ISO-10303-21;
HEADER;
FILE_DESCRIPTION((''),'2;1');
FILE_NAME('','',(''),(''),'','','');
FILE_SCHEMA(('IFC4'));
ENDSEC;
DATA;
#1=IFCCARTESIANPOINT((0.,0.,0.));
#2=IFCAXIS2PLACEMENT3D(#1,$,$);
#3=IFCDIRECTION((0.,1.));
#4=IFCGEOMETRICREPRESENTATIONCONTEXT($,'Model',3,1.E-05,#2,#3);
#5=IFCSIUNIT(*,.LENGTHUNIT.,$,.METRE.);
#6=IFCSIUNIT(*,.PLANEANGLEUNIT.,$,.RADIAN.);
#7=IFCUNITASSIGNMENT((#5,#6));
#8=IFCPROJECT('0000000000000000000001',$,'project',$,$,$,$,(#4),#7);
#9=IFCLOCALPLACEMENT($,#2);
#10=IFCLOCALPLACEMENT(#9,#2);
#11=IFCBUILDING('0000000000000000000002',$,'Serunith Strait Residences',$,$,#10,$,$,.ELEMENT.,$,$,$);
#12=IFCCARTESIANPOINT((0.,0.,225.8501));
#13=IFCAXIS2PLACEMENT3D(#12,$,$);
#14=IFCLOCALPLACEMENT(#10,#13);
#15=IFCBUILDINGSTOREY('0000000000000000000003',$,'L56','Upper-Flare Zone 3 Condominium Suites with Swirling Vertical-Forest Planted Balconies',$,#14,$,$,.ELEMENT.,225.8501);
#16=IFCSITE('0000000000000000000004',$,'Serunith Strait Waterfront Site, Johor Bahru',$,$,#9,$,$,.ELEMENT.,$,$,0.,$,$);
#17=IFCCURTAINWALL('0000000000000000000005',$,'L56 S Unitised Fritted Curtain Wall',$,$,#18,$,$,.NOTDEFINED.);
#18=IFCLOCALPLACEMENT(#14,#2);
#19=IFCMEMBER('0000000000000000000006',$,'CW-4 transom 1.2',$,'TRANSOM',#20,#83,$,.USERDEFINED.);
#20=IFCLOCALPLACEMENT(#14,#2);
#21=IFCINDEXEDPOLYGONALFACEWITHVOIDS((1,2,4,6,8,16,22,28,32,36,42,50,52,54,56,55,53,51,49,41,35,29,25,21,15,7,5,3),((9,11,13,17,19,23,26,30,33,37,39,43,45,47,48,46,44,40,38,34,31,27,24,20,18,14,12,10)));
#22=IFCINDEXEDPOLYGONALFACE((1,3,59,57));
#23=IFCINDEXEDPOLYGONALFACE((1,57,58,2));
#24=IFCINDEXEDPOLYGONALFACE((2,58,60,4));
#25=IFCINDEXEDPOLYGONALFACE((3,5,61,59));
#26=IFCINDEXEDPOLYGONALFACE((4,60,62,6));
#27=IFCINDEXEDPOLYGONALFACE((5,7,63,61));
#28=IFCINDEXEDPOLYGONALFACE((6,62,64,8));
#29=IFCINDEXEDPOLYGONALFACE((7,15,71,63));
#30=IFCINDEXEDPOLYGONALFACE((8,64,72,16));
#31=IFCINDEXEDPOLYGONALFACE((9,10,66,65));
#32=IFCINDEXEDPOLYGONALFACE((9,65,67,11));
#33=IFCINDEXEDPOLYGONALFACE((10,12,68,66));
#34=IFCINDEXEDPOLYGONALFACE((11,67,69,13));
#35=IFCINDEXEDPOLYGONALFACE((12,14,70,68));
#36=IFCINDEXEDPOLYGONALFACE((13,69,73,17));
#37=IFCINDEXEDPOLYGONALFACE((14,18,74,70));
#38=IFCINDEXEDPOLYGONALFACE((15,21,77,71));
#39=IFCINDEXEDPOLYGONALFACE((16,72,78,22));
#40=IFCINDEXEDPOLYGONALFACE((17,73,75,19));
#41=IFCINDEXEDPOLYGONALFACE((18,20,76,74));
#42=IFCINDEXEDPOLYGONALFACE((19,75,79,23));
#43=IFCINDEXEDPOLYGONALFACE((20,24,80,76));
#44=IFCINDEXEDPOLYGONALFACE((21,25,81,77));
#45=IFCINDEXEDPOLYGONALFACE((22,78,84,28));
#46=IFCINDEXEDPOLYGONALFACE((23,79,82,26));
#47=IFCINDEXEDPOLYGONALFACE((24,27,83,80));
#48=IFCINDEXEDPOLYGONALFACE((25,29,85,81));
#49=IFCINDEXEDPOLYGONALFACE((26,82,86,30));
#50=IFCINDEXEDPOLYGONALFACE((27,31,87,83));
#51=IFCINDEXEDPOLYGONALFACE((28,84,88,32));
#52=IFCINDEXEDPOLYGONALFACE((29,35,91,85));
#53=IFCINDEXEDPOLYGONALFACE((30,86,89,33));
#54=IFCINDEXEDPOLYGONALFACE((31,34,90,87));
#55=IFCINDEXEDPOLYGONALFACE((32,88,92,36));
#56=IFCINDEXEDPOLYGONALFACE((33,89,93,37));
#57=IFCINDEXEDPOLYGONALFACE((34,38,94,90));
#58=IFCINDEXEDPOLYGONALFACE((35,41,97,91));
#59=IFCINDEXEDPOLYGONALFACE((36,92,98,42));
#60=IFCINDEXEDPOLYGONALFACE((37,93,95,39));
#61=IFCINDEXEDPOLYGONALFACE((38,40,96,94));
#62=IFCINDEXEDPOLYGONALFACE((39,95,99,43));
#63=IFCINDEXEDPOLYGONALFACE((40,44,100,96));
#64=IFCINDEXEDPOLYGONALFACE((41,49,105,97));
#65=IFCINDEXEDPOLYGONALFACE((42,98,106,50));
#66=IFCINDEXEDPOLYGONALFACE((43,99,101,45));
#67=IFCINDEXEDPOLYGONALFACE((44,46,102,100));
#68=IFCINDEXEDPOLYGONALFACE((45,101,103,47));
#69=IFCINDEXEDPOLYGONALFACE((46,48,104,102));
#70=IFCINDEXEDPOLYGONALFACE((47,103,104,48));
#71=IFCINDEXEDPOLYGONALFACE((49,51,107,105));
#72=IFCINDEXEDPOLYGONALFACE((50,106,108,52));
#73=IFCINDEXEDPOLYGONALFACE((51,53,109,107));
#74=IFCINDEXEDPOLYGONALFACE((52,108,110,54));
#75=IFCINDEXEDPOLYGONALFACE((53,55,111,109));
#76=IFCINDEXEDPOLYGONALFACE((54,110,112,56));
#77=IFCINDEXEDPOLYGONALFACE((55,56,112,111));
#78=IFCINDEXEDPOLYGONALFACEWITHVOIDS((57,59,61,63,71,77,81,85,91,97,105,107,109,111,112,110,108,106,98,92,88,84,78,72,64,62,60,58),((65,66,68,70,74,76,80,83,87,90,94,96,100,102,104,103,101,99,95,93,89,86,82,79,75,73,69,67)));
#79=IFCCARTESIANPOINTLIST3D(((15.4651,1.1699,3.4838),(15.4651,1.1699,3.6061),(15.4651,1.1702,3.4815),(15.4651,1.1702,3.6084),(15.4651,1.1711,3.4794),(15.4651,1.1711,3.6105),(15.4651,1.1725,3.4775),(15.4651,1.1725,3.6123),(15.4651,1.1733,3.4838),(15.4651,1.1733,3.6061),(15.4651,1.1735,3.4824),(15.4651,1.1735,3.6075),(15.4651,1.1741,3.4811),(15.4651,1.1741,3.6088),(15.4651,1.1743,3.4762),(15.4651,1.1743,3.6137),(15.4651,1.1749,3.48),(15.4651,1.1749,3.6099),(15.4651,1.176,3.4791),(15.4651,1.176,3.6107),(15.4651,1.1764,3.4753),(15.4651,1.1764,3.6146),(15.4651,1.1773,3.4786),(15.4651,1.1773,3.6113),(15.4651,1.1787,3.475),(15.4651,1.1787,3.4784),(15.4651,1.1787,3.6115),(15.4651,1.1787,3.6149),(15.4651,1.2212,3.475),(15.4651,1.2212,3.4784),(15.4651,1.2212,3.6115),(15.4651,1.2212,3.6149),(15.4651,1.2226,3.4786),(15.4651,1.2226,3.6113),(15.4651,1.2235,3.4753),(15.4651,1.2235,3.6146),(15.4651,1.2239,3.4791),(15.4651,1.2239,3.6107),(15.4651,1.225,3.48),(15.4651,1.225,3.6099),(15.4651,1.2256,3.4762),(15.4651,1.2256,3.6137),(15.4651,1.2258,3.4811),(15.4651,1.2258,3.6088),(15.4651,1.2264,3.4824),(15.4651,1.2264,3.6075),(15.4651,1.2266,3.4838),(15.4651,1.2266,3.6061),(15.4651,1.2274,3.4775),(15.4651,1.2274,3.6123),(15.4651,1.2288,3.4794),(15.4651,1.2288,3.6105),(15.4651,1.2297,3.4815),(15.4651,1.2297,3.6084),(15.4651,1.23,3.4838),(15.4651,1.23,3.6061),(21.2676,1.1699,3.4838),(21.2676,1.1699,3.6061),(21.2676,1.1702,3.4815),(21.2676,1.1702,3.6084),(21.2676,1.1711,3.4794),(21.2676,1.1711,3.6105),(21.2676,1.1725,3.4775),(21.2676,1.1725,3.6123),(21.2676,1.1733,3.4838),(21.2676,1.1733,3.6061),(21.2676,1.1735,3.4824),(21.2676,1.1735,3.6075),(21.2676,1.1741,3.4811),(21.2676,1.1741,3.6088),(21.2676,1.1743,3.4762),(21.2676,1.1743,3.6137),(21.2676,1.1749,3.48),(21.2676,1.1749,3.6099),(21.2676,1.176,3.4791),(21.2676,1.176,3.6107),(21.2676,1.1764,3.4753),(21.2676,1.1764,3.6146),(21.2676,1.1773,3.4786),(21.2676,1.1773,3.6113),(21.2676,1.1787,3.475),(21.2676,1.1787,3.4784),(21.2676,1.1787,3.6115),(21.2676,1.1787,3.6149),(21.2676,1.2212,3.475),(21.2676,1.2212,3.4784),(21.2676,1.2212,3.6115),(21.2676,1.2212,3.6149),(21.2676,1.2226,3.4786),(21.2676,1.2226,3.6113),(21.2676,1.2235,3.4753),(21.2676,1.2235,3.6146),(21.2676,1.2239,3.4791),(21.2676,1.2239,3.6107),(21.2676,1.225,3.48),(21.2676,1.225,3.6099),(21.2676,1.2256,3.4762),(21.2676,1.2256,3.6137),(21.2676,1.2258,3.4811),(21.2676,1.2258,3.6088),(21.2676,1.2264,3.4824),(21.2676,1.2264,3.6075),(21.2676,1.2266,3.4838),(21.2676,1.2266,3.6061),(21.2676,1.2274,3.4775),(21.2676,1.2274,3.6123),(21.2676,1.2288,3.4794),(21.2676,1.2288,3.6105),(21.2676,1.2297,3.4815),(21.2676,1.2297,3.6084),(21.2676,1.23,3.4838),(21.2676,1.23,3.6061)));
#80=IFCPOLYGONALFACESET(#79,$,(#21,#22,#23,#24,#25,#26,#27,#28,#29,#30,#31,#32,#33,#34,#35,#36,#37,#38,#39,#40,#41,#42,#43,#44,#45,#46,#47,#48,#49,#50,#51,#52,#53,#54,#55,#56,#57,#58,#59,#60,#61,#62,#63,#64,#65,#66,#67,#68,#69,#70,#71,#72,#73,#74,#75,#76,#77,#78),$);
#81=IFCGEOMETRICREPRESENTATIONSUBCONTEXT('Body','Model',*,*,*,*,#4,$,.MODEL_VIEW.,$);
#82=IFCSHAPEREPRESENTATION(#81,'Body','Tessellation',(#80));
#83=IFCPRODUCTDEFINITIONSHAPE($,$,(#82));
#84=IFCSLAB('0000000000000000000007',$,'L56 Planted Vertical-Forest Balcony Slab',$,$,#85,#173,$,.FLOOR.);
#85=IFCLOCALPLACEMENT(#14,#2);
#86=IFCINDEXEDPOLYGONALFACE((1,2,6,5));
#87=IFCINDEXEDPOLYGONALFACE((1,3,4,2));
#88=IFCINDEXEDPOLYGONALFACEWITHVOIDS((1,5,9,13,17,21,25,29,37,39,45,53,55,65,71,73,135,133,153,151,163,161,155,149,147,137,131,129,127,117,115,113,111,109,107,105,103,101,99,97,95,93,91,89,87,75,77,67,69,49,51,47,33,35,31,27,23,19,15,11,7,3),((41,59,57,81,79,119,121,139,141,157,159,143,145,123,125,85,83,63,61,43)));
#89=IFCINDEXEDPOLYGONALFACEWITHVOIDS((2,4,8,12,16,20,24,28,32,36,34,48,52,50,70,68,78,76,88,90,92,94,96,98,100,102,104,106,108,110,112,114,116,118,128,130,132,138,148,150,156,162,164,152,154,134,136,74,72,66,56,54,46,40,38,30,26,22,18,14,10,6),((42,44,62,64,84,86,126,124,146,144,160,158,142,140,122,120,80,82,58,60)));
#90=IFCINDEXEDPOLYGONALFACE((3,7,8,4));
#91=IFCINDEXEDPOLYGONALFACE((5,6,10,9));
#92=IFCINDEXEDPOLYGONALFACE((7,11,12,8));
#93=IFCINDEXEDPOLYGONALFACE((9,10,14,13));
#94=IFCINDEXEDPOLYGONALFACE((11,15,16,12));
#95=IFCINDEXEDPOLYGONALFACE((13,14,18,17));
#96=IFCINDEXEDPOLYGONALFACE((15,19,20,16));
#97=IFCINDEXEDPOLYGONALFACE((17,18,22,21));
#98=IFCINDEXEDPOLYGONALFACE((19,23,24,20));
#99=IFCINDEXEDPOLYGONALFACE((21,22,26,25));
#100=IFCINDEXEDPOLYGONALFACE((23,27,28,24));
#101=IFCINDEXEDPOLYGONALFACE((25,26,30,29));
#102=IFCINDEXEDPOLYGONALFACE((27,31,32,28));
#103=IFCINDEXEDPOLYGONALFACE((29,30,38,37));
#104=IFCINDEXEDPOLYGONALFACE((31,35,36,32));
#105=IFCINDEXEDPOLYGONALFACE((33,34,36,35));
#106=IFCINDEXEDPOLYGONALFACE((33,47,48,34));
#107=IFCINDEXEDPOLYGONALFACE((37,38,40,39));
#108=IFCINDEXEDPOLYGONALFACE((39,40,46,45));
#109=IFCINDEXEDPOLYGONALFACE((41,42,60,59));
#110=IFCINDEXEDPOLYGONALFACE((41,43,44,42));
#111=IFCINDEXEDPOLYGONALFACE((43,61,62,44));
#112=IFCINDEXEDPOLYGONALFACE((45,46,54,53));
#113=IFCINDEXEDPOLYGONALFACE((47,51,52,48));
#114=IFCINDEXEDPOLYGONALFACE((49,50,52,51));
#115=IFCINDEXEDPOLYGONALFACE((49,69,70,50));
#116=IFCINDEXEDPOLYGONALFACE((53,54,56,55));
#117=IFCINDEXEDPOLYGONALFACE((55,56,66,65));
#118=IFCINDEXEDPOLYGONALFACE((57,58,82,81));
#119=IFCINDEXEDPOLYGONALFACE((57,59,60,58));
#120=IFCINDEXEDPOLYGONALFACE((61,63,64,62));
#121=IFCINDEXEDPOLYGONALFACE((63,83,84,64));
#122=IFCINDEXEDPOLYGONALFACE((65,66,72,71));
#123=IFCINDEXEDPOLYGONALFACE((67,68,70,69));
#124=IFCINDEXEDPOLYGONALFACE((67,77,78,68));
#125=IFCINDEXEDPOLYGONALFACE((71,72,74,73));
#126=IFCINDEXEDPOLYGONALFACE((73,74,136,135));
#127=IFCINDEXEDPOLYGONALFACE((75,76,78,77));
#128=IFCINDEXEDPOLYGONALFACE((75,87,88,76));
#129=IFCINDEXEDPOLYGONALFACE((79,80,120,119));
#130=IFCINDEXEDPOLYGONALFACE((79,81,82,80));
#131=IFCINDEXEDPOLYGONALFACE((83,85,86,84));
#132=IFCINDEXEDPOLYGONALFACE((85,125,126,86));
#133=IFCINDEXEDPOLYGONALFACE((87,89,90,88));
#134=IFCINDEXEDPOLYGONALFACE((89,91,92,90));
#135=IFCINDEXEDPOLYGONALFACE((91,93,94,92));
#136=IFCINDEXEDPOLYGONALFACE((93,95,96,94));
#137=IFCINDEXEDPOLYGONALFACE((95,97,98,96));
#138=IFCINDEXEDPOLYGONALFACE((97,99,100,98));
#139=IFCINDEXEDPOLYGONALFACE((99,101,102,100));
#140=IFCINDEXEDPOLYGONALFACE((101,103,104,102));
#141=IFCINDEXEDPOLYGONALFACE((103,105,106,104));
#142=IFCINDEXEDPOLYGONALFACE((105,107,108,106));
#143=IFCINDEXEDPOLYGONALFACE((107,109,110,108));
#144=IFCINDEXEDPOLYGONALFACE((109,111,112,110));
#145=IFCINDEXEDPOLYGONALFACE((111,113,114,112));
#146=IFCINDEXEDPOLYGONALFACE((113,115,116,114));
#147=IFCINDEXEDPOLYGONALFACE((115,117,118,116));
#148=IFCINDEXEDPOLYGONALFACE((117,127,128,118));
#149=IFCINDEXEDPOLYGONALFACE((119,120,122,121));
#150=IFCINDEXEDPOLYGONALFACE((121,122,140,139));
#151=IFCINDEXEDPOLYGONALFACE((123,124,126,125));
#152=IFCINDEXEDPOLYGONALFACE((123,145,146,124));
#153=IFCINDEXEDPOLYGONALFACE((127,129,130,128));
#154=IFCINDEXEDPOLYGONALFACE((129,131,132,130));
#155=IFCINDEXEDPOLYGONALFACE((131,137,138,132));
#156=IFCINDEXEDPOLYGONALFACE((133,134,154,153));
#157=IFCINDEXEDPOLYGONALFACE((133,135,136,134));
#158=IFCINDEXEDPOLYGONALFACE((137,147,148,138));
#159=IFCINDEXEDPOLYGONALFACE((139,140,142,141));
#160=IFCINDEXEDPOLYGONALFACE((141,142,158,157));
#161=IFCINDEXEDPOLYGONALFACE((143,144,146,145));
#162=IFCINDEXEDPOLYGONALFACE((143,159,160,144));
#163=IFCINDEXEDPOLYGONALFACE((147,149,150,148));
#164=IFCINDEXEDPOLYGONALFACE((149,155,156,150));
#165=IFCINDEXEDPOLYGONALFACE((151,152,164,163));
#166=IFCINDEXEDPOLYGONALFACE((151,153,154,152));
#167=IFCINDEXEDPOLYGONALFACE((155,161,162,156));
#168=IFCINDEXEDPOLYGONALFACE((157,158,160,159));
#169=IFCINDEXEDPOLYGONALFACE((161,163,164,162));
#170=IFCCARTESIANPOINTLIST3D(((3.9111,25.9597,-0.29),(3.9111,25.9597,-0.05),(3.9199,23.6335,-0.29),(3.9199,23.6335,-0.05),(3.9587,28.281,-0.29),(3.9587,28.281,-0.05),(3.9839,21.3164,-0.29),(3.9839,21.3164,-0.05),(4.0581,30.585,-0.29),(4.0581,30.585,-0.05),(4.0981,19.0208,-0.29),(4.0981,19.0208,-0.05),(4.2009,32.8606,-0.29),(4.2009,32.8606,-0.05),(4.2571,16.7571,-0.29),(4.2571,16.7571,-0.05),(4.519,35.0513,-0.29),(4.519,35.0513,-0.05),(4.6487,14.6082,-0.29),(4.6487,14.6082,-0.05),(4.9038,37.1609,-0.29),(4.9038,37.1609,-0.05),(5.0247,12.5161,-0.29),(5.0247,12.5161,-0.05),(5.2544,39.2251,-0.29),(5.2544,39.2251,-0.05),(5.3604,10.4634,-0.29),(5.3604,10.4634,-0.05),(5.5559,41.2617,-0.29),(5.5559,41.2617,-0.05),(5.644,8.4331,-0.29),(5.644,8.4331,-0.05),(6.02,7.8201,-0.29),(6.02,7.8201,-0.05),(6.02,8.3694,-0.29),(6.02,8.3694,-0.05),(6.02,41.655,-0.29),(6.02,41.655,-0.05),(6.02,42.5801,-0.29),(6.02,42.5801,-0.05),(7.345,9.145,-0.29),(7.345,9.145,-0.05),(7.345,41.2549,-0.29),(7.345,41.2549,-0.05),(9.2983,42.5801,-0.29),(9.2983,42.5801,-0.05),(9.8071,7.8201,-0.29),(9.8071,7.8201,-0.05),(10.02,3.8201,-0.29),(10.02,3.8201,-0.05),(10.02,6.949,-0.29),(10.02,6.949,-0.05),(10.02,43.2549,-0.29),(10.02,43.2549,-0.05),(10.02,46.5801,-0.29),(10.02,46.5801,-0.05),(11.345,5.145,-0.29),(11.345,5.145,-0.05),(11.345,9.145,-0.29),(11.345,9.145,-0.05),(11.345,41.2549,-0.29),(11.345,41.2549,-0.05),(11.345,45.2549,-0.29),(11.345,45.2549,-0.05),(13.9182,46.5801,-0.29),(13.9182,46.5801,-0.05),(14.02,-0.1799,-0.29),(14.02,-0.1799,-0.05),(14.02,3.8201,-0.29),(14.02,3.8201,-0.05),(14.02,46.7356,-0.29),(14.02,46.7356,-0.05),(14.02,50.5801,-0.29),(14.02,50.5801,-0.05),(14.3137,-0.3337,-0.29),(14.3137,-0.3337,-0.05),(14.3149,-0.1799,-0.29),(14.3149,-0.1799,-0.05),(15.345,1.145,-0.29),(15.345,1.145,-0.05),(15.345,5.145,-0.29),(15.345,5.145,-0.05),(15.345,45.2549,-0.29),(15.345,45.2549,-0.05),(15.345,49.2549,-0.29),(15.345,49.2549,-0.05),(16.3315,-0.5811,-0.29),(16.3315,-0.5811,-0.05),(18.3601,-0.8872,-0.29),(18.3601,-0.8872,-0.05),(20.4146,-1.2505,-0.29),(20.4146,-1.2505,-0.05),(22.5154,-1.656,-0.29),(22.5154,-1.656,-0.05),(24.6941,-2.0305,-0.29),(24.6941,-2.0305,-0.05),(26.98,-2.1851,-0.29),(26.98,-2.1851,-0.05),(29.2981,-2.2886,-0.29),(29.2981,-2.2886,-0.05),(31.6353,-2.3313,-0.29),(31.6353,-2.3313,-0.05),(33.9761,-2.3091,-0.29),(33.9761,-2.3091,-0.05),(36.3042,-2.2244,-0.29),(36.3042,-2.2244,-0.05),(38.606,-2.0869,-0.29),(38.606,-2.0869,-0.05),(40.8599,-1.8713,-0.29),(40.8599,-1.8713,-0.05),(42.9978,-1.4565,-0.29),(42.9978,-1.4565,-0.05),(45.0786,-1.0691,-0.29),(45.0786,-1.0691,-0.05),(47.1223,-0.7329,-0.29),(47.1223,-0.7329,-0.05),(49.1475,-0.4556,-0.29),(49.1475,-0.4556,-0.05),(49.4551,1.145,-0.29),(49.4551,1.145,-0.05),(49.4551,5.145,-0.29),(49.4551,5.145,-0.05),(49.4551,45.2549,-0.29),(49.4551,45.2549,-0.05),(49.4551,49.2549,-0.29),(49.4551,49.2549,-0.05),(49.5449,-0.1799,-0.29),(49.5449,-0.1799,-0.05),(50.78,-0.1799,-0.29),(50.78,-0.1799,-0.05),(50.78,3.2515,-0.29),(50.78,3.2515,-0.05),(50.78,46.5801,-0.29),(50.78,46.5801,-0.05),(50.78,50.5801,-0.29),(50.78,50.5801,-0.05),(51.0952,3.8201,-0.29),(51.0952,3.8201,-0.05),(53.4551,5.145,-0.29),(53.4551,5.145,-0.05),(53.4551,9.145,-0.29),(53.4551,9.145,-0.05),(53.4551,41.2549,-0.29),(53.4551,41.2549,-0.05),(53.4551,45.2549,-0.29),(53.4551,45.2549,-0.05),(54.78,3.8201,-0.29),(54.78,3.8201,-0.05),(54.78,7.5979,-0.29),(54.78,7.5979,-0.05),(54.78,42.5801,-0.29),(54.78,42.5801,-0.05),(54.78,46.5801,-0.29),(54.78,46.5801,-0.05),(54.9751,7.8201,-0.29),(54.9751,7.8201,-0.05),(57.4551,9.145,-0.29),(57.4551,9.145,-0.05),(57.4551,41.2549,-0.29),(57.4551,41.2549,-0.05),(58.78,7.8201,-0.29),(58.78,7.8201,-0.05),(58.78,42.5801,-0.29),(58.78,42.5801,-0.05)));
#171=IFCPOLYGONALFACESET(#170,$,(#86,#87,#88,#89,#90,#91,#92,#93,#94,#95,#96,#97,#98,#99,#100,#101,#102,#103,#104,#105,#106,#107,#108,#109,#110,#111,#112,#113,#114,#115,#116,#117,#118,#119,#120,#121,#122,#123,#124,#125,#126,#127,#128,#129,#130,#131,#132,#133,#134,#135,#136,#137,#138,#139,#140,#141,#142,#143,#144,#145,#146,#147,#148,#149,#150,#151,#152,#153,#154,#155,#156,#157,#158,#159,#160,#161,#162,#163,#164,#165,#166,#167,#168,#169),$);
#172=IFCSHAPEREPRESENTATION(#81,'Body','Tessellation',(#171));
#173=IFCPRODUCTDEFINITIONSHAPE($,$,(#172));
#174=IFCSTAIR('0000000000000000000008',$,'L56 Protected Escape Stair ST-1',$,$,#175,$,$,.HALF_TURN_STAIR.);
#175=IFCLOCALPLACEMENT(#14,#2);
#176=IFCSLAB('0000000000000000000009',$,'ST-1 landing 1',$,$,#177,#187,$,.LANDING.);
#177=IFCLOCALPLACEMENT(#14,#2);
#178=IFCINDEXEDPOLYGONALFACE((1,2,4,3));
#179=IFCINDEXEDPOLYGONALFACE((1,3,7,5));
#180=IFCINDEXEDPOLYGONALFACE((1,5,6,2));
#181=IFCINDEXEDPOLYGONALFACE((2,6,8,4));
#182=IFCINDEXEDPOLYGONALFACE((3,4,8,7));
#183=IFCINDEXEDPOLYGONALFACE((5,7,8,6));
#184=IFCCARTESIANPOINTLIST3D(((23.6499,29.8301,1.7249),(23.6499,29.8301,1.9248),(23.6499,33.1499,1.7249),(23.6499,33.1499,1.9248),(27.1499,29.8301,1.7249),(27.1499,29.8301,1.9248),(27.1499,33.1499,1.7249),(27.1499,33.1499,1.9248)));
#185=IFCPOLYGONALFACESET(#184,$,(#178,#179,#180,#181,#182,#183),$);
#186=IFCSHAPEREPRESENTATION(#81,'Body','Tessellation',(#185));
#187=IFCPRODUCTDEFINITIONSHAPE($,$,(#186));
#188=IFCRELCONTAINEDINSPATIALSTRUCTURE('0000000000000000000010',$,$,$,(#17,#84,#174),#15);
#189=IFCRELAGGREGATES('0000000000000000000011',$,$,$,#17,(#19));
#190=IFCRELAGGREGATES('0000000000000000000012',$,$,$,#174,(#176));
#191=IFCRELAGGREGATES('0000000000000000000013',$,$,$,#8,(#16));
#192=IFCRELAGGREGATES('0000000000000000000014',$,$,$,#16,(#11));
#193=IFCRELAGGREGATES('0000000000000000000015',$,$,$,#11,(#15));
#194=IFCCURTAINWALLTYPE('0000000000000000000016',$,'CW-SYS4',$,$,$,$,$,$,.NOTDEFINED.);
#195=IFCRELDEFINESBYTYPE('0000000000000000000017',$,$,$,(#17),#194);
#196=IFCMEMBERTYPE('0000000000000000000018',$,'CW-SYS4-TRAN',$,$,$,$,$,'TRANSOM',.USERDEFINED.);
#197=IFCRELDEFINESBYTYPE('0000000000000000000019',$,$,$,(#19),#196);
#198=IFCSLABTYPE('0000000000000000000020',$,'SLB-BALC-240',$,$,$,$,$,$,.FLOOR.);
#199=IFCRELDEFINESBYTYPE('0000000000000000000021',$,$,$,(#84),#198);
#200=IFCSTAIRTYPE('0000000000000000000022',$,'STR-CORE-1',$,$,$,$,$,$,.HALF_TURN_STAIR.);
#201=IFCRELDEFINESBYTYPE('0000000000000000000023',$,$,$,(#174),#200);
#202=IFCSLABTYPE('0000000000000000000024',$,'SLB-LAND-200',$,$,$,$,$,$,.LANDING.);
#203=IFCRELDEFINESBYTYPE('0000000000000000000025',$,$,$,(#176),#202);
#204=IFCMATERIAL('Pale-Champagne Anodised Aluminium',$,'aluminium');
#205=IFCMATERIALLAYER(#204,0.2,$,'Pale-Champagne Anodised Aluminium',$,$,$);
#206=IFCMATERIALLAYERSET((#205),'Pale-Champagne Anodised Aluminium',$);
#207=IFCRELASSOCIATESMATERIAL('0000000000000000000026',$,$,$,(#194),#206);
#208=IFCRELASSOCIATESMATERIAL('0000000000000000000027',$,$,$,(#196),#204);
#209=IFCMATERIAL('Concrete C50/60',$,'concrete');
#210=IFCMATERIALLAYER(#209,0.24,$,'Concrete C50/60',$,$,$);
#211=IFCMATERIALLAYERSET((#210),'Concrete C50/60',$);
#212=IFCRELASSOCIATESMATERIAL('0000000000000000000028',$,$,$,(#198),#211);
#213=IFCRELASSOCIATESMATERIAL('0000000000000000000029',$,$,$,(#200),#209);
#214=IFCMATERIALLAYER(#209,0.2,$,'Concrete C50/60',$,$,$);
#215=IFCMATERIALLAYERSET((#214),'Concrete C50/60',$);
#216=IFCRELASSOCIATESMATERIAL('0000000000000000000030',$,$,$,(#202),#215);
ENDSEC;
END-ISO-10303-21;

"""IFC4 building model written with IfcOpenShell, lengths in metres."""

from ifc_helpers import new_model, si_unit, direction, frame, origin, origin_2d, place, context, subcontext, project, spatial, polyline, hollow_rectangle, outline, extrude, source, transform, mapped, material, layer, layer_set, material_profile, profile_set, type_object, element, aggregate, save


model = new_model("IFC4")

# Units and contexts
model_context = context("Model", 3, precision=1e-05, world=origin(), true_north=direction((0.0, 1.0)))
body_context = subcontext(model_context, "Body", "Model", "MODEL_VIEW")
ifc_project = project(units=[si_unit("LENGTHUNIT", "METRE"), si_unit("PLANEANGLEUNIT", "RADIAN")], contexts=[model_context])

# Site, building, storey
site_placement = place(None, origin())
site = spatial("IfcSite", under=ifc_project, at=site_placement, Name="Serunith Strait Waterfront Site, Johor Bahru", CompositionType="ELEMENT", RefElevation=0.0)
building_placement = place(site_placement, origin())
building = spatial("IfcBuilding", under=site, at=building_placement, Name="Serunith Strait Residences", CompositionType="ELEMENT")
storey_placement = place(building_placement, frame((0.0, 0.0, 225.8501)))
storey = spatial("IfcBuildingStorey", under=building, at=storey_placement, Name="L56", Description="Upper-Flare Zone 3 Condominium Suites with Swirling Vertical-Forest Planted Balconies", CompositionType="ELEMENT", Elevation=225.8501)

# Curtain wall
ifc_material_1 = material(Name="Pale-Champagne Anodised Aluminium", Category="aluminium")
ifc_layer_1 = layer(ifc_material_1, 0.2, Name="Pale-Champagne Anodised Aluminium")
ifc_layer_set_1 = layer_set([ifc_layer_1], Name="Pale-Champagne Anodised Aluminium")
curtain_wall_type = type_object("IfcCurtainWallType", Name="CW-SYS4", PredefinedType="NOTDEFINED", material=ifc_layer_set_1)
curtain_wall_1_placement = place(storey_placement, origin())
curtain_wall_1 = element("IfcCurtainWall", 1, at=curtain_wall_1_placement, inside=storey, type_object=curtain_wall_type, Name="L56 S Unitised Fritted Curtain Wall", PredefinedType="NOTDEFINED")

# Member
ifc_material_profile_1 = material_profile(ifc_material_1, hollow_rectangle(XDim=0.0601, YDim=0.1399, WallThickness=0.0034, InnerFilletRadius=0.0054, OuterFilletRadius=0.0088, at=origin_2d()), Name="ALU 140x60x3.5")
ifc_profile_set_1 = profile_set([ifc_material_profile_1], Name="Pale-Champagne Anodised Aluminium")
member_type_1 = type_object("IfcMemberType", Name="CW-SYS4-TRAN", ElementType="TRANSOM", PredefinedType="USERDEFINED", material=ifc_profile_set_1)
shared_shape_1 = source(origin(), body_context, "Body", "SweptSolid", [
    extrude(hollow_rectangle(XDim=0.0601, YDim=0.1399, WallThickness=0.0034, InnerFilletRadius=0.0054, OuterFilletRadius=0.0088, at=origin_2d()), origin(), (0.0, 0.0, 1.0), 5.8025),
])
member_1_placement = place(storey_placement, frame((15.4651, 1.2, 3.5449), z_axis=(1.0, 0.0, 0.0), x_axis=(0.0, 1.0, 0.0)))
member_1 = element("IfcMember", 2, at=member_1_placement, type_object=member_type_1, Name="CW-4 transom 1.2", ObjectType="TRANSOM", PredefinedType="USERDEFINED", context=body_context, shape_type="MappedRepresentation", body=[
    mapped(shared_shape_1, transform((0.0, 0.0, 0.0), scale=1.0)),
])
aggregate(curtain_wall_1, [member_1])

# Slab
ifc_material_2 = material(Name="Concrete C50/60", Category="concrete")
ifc_layer_2 = layer(ifc_material_2, 0.24, Name="Concrete C50/60")
ifc_layer_set_2 = layer_set([ifc_layer_2], Name="Concrete C50/60")
slab_type_1 = type_object("IfcSlabType", Name="SLB-BALC-240", PredefinedType="FLOOR", material=ifc_layer_set_2)
slab_1_placement = place(storey_placement, frame((0.0, 0.0, -0.29)))
element("IfcSlab", 3, at=slab_1_placement, inside=storey, type_object=slab_type_1, Name="L56 Planted Vertical-Forest Balcony Slab", PredefinedType="FLOOR", context=body_context, shape_type="SweptSolid", body=[
    extrude(outline(polyline([(14.02, -0.1799), (14.02, 3.8201), (10.02, 3.8201), (10.02, 6.949), (9.8071, 7.8201), (6.02, 7.8201), (6.02, 8.3694), (5.644, 8.4331), (5.3604, 10.4634), (5.0247, 12.5161), (4.6487, 14.6082), (4.2571, 16.7571), (4.0981, 19.0208), (3.9839, 21.3164), (3.9199, 23.6335), (3.9111, 25.9597), (3.9587, 28.281), (4.0581, 30.585), (4.2009, 32.8606), (4.519, 35.0513), (4.9038, 37.1609), (5.2544, 39.2251), (5.5559, 41.2617), (6.02, 41.655), (6.02, 42.5801), (9.2983, 42.5801), (10.02, 43.2549), (10.02, 46.5801), (13.9182, 46.5801), (14.02, 46.7356), (14.02, 50.5801), (50.78, 50.5801), (50.78, 46.5801), (54.78, 46.5801), (54.78, 42.5801), (58.78, 42.5801), (58.78, 7.8201), (54.9751, 7.8201), (54.78, 7.5979), (54.78, 3.8201), (51.0952, 3.8201), (50.78, 3.2515), (50.78, -0.1799), (49.5449, -0.1799), (49.1475, -0.4556), (47.1223, -0.7329), (45.0786, -1.0691), (42.9978, -1.4565), (40.8599, -1.8713), (38.606, -2.0869), (36.3042, -2.2244), (33.9761, -2.3091), (31.6353, -2.3313), (29.2981, -2.2886), (26.98, -2.1851), (24.6941, -2.0305), (22.5154, -1.656), (20.4146, -1.2505), (18.3601, -0.8872), (16.3315, -0.5811), (14.3137, -0.3337), (14.3149, -0.1799), (14.02, -0.1799)]), holes=[polyline([(49.4551, 1.145), (49.4551, 5.145), (53.4551, 5.145), (53.4551, 9.145), (57.4551, 9.145), (57.4551, 41.2549), (53.4551, 41.2549), (53.4551, 45.2549), (49.4551, 45.2549), (49.4551, 49.2549), (15.345, 49.2549), (15.345, 45.2549), (11.345, 45.2549), (11.345, 41.2549), (7.345, 41.2549), (7.345, 9.145), (11.345, 9.145), (11.345, 5.145), (15.345, 5.145), (15.345, 1.145), (49.4551, 1.145)])]), origin(), (0.0, 0.0, 1.0), 0.24),
])

# Stair, slab
stair_type_1 = type_object("IfcStairType", Name="STR-CORE-1", PredefinedType="HALF_TURN_STAIR", material=ifc_material_2)
stair_1_placement = place(storey_placement, origin())
stair_1 = element("IfcStair", 4, at=stair_1_placement, inside=storey, type_object=stair_type_1, Name="L56 Protected Escape Stair ST-1", PredefinedType="HALF_TURN_STAIR")
ifc_layer_3 = layer(ifc_material_2, 0.2, Name="Concrete C50/60")
ifc_layer_set_3 = layer_set([ifc_layer_3], Name="Concrete C50/60")
slab_type_2 = type_object("IfcSlabType", Name="SLB-LAND-200", PredefinedType="LANDING", material=ifc_layer_set_3)
slab_2_placement = place(storey_placement, frame((0.0, 0.0, 1.7249)))
slab_2 = element("IfcSlab", 5, at=slab_2_placement, type_object=slab_type_2, Name="ST-1 landing 1", PredefinedType="LANDING", context=body_context, shape_type="SweptSolid", body=[
    extrude(outline(polyline([(27.1499, 29.8301), (27.1499, 33.1499), (23.6499, 33.1499), (23.6499, 29.8301), (27.1499, 29.8301)])), origin(), (0.0, 0.0, 1.0), 0.2),
])
aggregate(stair_1, [slab_2])

save(model, "model.ifc")
